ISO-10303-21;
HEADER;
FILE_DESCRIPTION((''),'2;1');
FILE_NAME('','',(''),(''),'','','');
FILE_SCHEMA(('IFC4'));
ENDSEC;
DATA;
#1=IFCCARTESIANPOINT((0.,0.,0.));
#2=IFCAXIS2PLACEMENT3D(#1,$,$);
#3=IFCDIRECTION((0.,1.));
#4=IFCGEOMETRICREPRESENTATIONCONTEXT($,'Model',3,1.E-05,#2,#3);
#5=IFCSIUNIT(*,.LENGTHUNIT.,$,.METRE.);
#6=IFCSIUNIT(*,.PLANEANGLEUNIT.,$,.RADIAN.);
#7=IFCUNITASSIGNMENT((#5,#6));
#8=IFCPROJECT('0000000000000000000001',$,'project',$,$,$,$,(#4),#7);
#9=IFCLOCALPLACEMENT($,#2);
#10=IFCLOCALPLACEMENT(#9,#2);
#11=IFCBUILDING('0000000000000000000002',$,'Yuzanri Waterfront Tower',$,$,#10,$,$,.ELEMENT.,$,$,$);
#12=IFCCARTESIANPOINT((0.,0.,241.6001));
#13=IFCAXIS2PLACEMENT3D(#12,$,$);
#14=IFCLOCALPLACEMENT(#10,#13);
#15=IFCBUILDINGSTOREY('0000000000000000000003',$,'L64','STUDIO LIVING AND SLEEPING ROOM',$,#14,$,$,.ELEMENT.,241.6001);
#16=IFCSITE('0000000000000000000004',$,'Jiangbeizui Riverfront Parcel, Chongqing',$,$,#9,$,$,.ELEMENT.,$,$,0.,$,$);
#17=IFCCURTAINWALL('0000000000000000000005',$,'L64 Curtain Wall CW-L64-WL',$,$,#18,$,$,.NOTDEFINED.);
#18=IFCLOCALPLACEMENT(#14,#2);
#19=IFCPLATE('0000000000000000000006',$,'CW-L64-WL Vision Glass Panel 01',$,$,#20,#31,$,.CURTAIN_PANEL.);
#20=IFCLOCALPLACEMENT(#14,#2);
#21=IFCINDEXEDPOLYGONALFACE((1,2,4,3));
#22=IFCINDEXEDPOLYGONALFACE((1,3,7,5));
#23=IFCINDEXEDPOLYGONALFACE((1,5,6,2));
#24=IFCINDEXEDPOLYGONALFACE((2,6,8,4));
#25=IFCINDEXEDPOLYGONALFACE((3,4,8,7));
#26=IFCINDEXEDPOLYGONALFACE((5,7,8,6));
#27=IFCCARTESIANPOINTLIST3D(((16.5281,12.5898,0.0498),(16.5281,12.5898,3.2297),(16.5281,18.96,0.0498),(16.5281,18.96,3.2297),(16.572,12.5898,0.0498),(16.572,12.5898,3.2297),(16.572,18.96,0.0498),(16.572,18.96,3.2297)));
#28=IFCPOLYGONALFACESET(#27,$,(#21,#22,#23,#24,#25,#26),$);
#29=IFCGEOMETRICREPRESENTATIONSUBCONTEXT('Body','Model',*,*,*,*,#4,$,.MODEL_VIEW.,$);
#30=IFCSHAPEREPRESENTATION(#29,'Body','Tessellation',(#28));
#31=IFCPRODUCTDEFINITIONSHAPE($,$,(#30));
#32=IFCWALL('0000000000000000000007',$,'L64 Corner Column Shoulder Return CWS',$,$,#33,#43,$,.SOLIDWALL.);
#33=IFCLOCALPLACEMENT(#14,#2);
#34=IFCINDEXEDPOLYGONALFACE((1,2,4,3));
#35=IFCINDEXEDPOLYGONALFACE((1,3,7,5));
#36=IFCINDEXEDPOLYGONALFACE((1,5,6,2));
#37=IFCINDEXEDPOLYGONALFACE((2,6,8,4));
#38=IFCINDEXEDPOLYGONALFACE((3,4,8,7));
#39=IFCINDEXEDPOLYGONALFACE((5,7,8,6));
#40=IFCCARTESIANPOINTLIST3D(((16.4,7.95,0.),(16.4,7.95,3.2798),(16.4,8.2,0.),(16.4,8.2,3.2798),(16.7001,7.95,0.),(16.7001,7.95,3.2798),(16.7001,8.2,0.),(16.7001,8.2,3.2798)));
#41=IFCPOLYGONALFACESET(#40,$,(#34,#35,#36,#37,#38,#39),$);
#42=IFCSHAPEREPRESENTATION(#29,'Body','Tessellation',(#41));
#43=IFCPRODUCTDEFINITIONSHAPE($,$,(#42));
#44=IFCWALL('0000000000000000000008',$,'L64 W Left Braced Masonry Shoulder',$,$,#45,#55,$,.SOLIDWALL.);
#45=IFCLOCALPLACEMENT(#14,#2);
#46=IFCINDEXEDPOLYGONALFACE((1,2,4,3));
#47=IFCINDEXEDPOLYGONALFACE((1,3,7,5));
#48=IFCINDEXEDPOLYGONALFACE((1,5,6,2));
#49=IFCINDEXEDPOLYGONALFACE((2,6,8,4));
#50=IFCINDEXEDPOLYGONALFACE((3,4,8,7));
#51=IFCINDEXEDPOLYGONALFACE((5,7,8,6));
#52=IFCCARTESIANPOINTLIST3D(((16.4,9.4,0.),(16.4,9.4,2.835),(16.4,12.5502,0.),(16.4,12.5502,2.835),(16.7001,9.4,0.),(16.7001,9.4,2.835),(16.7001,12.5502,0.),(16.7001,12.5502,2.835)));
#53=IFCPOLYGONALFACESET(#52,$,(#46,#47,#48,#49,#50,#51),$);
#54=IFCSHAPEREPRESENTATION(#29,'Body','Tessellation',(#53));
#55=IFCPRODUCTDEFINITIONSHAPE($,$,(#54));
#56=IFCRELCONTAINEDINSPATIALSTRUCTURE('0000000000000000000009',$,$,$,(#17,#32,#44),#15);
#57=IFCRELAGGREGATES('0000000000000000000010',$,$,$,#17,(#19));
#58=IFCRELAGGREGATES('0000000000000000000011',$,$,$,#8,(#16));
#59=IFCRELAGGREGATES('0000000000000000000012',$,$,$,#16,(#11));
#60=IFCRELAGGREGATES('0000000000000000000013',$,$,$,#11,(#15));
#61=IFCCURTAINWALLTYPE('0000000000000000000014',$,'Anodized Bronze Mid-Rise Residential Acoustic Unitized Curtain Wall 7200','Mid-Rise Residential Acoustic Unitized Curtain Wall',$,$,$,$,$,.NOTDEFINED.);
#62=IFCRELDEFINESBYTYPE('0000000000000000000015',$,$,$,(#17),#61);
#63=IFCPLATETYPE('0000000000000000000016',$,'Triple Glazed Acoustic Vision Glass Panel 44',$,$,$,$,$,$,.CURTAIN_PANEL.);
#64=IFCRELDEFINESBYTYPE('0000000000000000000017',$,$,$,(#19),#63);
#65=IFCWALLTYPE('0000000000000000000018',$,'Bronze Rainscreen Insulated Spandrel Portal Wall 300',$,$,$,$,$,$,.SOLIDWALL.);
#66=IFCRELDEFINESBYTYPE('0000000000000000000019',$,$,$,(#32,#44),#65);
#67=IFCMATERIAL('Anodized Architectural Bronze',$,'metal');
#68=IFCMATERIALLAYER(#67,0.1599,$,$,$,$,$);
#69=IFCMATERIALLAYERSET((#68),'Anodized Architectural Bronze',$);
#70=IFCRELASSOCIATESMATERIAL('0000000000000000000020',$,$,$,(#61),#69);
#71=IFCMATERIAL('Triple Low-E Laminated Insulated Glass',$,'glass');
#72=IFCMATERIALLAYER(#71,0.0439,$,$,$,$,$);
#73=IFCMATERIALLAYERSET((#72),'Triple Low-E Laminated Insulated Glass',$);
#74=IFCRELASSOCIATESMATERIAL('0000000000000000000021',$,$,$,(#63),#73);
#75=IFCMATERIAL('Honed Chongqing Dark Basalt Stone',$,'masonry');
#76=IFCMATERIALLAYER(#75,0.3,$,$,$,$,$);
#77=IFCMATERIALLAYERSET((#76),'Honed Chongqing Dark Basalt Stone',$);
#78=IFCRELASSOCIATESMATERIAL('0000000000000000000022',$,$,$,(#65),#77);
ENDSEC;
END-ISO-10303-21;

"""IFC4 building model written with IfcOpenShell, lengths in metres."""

from ifc_helpers import new_model, si_unit, direction, frame, frame_2d, origin, origin_2d, place, context, subcontext, project, spatial, rectangle, extrude, source, transform, mapped, material, layer, layer_set, type_object, element, aggregate, save


model = new_model("IFC4")

# Units and contexts
model_context = context("Model", 3, precision=1e-05, world=origin(), true_north=direction((0.0, 1.0)))
body_context = subcontext(model_context, "Body", "Model", "MODEL_VIEW")
ifc_project = project(units=[si_unit("LENGTHUNIT", "METRE"), si_unit("PLANEANGLEUNIT", "RADIAN")], contexts=[model_context])

# Site, building, storey
site_placement = place(None, origin())
site = spatial("IfcSite", under=ifc_project, at=site_placement, Name="Jiangbeizui Riverfront Parcel, Chongqing", CompositionType="ELEMENT", RefElevation=0.0)
building_placement = place(site_placement, origin())
building = spatial("IfcBuilding", under=site, at=building_placement, Name="Yuzanri Waterfront Tower", CompositionType="ELEMENT")
storey_placement = place(building_placement, frame((0.0, 0.0, 241.6001)))
storey = spatial("IfcBuildingStorey", under=building, at=storey_placement, Name="L64", Description="STUDIO LIVING AND SLEEPING ROOM", CompositionType="ELEMENT", Elevation=241.6001)

# Curtain wall
ifc_material_1 = material(Name="Anodized Architectural Bronze", Category="metal")
ifc_layer_1 = layer(ifc_material_1, 0.1599)
ifc_layer_set_1 = layer_set([ifc_layer_1], Name="Anodized Architectural Bronze")
curtain_wall_type = type_object("IfcCurtainWallType", Name="Anodized Bronze Mid-Rise Residential Acoustic Unitized Curtain Wall 7200", Description="Mid-Rise Residential Acoustic Unitized Curtain Wall", PredefinedType="NOTDEFINED", material=ifc_layer_set_1)
curtain_wall_placement = place(storey_placement, origin())
curtain_wall = element("IfcCurtainWall", 1, at=curtain_wall_placement, inside=storey, type_object=curtain_wall_type, Name="L64 Curtain Wall CW-L64-WL", PredefinedType="NOTDEFINED")

# Plate
ifc_material_2 = material(Name="Triple Low-E Laminated Insulated Glass", Category="glass")
ifc_layer_2 = layer(ifc_material_2, 0.0439)
ifc_layer_set_2 = layer_set([ifc_layer_2], Name="Triple Low-E Laminated Insulated Glass")
plate_type_1 = type_object("IfcPlateType", Name="Triple Glazed Acoustic Vision Glass Panel 44", PredefinedType="CURTAIN_PANEL", material=ifc_layer_set_2)
shared_shape_1 = source(origin(), body_context, "Body", "SweptSolid", [
    extrude(rectangle(XDim=6.3701, YDim=0.0439, at=origin_2d()), origin(), (0.0, 0.0, 1.0), 3.1799),
])
plate_1_placement = place(storey_placement, frame((16.55, 15.7749, 0.0498), z_axis=(0.0, 0.0, 1.0), x_axis=(0.0, 1.0, 0.0)))
plate_1 = element("IfcPlate", 2, at=plate_1_placement, type_object=plate_type_1, Name="CW-L64-WL Vision Glass Panel 01", PredefinedType="CURTAIN_PANEL", context=body_context, shape_type="MappedRepresentation", body=[
    mapped(shared_shape_1, transform((0.0, 0.0, 0.0), scale=1.0)),
])
aggregate(curtain_wall, [plate_1])

# Walls
ifc_material_3 = material(Name="Honed Chongqing Dark Basalt Stone", Category="masonry")
ifc_layer_3 = layer(ifc_material_3, 0.3)
ifc_layer_set_3 = layer_set([ifc_layer_3], Name="Honed Chongqing Dark Basalt Stone")
wall_type = type_object("IfcWallType", Name="Bronze Rainscreen Insulated Spandrel Portal Wall 300", PredefinedType="SOLIDWALL", material=ifc_layer_set_3)
shared_shape_2 = source(origin(), body_context, "Body", "SweptSolid", [
    extrude(rectangle(XDim=0.25, YDim=0.3, at=frame_2d((0.125, 0.0))), origin(), (0.0, 0.0, 1.0), 3.2798),
])
wall_1_placement = place(storey_placement, frame((16.55, 7.95, 0.0), z_axis=(0.0, 0.0, 1.0), x_axis=(0.0, 1.0, 0.0)))
element("IfcWall", 3, at=wall_1_placement, inside=storey, type_object=wall_type, Name="L64 Corner Column Shoulder Return CWS", PredefinedType="SOLIDWALL", context=body_context, shape_type="MappedRepresentation", body=[
    mapped(shared_shape_2, transform((0.0, 0.0, 0.0), scale=1.0)),
])
shared_shape_3 = source(origin(), body_context, "Body", "SweptSolid", [
    extrude(rectangle(XDim=3.1501, YDim=0.3, at=frame_2d((1.5752, 0.0))), origin(), (0.0, 0.0, 1.0), 2.835),
])
wall_2_placement = place(storey_placement, frame((16.55, 9.3999, 0.0), z_axis=(0.0, 0.0, 1.0), x_axis=(0.0, 1.0, 0.0)))
element("IfcWall", 4, at=wall_2_placement, inside=storey, type_object=wall_type, Name="L64 W Left Braced Masonry Shoulder", PredefinedType="SOLIDWALL", context=body_context, shape_type="MappedRepresentation", body=[
    mapped(shared_shape_3, transform((0.0, 0.0, 0.0), scale=1.0)),
])

save(model, "model.ifc")
